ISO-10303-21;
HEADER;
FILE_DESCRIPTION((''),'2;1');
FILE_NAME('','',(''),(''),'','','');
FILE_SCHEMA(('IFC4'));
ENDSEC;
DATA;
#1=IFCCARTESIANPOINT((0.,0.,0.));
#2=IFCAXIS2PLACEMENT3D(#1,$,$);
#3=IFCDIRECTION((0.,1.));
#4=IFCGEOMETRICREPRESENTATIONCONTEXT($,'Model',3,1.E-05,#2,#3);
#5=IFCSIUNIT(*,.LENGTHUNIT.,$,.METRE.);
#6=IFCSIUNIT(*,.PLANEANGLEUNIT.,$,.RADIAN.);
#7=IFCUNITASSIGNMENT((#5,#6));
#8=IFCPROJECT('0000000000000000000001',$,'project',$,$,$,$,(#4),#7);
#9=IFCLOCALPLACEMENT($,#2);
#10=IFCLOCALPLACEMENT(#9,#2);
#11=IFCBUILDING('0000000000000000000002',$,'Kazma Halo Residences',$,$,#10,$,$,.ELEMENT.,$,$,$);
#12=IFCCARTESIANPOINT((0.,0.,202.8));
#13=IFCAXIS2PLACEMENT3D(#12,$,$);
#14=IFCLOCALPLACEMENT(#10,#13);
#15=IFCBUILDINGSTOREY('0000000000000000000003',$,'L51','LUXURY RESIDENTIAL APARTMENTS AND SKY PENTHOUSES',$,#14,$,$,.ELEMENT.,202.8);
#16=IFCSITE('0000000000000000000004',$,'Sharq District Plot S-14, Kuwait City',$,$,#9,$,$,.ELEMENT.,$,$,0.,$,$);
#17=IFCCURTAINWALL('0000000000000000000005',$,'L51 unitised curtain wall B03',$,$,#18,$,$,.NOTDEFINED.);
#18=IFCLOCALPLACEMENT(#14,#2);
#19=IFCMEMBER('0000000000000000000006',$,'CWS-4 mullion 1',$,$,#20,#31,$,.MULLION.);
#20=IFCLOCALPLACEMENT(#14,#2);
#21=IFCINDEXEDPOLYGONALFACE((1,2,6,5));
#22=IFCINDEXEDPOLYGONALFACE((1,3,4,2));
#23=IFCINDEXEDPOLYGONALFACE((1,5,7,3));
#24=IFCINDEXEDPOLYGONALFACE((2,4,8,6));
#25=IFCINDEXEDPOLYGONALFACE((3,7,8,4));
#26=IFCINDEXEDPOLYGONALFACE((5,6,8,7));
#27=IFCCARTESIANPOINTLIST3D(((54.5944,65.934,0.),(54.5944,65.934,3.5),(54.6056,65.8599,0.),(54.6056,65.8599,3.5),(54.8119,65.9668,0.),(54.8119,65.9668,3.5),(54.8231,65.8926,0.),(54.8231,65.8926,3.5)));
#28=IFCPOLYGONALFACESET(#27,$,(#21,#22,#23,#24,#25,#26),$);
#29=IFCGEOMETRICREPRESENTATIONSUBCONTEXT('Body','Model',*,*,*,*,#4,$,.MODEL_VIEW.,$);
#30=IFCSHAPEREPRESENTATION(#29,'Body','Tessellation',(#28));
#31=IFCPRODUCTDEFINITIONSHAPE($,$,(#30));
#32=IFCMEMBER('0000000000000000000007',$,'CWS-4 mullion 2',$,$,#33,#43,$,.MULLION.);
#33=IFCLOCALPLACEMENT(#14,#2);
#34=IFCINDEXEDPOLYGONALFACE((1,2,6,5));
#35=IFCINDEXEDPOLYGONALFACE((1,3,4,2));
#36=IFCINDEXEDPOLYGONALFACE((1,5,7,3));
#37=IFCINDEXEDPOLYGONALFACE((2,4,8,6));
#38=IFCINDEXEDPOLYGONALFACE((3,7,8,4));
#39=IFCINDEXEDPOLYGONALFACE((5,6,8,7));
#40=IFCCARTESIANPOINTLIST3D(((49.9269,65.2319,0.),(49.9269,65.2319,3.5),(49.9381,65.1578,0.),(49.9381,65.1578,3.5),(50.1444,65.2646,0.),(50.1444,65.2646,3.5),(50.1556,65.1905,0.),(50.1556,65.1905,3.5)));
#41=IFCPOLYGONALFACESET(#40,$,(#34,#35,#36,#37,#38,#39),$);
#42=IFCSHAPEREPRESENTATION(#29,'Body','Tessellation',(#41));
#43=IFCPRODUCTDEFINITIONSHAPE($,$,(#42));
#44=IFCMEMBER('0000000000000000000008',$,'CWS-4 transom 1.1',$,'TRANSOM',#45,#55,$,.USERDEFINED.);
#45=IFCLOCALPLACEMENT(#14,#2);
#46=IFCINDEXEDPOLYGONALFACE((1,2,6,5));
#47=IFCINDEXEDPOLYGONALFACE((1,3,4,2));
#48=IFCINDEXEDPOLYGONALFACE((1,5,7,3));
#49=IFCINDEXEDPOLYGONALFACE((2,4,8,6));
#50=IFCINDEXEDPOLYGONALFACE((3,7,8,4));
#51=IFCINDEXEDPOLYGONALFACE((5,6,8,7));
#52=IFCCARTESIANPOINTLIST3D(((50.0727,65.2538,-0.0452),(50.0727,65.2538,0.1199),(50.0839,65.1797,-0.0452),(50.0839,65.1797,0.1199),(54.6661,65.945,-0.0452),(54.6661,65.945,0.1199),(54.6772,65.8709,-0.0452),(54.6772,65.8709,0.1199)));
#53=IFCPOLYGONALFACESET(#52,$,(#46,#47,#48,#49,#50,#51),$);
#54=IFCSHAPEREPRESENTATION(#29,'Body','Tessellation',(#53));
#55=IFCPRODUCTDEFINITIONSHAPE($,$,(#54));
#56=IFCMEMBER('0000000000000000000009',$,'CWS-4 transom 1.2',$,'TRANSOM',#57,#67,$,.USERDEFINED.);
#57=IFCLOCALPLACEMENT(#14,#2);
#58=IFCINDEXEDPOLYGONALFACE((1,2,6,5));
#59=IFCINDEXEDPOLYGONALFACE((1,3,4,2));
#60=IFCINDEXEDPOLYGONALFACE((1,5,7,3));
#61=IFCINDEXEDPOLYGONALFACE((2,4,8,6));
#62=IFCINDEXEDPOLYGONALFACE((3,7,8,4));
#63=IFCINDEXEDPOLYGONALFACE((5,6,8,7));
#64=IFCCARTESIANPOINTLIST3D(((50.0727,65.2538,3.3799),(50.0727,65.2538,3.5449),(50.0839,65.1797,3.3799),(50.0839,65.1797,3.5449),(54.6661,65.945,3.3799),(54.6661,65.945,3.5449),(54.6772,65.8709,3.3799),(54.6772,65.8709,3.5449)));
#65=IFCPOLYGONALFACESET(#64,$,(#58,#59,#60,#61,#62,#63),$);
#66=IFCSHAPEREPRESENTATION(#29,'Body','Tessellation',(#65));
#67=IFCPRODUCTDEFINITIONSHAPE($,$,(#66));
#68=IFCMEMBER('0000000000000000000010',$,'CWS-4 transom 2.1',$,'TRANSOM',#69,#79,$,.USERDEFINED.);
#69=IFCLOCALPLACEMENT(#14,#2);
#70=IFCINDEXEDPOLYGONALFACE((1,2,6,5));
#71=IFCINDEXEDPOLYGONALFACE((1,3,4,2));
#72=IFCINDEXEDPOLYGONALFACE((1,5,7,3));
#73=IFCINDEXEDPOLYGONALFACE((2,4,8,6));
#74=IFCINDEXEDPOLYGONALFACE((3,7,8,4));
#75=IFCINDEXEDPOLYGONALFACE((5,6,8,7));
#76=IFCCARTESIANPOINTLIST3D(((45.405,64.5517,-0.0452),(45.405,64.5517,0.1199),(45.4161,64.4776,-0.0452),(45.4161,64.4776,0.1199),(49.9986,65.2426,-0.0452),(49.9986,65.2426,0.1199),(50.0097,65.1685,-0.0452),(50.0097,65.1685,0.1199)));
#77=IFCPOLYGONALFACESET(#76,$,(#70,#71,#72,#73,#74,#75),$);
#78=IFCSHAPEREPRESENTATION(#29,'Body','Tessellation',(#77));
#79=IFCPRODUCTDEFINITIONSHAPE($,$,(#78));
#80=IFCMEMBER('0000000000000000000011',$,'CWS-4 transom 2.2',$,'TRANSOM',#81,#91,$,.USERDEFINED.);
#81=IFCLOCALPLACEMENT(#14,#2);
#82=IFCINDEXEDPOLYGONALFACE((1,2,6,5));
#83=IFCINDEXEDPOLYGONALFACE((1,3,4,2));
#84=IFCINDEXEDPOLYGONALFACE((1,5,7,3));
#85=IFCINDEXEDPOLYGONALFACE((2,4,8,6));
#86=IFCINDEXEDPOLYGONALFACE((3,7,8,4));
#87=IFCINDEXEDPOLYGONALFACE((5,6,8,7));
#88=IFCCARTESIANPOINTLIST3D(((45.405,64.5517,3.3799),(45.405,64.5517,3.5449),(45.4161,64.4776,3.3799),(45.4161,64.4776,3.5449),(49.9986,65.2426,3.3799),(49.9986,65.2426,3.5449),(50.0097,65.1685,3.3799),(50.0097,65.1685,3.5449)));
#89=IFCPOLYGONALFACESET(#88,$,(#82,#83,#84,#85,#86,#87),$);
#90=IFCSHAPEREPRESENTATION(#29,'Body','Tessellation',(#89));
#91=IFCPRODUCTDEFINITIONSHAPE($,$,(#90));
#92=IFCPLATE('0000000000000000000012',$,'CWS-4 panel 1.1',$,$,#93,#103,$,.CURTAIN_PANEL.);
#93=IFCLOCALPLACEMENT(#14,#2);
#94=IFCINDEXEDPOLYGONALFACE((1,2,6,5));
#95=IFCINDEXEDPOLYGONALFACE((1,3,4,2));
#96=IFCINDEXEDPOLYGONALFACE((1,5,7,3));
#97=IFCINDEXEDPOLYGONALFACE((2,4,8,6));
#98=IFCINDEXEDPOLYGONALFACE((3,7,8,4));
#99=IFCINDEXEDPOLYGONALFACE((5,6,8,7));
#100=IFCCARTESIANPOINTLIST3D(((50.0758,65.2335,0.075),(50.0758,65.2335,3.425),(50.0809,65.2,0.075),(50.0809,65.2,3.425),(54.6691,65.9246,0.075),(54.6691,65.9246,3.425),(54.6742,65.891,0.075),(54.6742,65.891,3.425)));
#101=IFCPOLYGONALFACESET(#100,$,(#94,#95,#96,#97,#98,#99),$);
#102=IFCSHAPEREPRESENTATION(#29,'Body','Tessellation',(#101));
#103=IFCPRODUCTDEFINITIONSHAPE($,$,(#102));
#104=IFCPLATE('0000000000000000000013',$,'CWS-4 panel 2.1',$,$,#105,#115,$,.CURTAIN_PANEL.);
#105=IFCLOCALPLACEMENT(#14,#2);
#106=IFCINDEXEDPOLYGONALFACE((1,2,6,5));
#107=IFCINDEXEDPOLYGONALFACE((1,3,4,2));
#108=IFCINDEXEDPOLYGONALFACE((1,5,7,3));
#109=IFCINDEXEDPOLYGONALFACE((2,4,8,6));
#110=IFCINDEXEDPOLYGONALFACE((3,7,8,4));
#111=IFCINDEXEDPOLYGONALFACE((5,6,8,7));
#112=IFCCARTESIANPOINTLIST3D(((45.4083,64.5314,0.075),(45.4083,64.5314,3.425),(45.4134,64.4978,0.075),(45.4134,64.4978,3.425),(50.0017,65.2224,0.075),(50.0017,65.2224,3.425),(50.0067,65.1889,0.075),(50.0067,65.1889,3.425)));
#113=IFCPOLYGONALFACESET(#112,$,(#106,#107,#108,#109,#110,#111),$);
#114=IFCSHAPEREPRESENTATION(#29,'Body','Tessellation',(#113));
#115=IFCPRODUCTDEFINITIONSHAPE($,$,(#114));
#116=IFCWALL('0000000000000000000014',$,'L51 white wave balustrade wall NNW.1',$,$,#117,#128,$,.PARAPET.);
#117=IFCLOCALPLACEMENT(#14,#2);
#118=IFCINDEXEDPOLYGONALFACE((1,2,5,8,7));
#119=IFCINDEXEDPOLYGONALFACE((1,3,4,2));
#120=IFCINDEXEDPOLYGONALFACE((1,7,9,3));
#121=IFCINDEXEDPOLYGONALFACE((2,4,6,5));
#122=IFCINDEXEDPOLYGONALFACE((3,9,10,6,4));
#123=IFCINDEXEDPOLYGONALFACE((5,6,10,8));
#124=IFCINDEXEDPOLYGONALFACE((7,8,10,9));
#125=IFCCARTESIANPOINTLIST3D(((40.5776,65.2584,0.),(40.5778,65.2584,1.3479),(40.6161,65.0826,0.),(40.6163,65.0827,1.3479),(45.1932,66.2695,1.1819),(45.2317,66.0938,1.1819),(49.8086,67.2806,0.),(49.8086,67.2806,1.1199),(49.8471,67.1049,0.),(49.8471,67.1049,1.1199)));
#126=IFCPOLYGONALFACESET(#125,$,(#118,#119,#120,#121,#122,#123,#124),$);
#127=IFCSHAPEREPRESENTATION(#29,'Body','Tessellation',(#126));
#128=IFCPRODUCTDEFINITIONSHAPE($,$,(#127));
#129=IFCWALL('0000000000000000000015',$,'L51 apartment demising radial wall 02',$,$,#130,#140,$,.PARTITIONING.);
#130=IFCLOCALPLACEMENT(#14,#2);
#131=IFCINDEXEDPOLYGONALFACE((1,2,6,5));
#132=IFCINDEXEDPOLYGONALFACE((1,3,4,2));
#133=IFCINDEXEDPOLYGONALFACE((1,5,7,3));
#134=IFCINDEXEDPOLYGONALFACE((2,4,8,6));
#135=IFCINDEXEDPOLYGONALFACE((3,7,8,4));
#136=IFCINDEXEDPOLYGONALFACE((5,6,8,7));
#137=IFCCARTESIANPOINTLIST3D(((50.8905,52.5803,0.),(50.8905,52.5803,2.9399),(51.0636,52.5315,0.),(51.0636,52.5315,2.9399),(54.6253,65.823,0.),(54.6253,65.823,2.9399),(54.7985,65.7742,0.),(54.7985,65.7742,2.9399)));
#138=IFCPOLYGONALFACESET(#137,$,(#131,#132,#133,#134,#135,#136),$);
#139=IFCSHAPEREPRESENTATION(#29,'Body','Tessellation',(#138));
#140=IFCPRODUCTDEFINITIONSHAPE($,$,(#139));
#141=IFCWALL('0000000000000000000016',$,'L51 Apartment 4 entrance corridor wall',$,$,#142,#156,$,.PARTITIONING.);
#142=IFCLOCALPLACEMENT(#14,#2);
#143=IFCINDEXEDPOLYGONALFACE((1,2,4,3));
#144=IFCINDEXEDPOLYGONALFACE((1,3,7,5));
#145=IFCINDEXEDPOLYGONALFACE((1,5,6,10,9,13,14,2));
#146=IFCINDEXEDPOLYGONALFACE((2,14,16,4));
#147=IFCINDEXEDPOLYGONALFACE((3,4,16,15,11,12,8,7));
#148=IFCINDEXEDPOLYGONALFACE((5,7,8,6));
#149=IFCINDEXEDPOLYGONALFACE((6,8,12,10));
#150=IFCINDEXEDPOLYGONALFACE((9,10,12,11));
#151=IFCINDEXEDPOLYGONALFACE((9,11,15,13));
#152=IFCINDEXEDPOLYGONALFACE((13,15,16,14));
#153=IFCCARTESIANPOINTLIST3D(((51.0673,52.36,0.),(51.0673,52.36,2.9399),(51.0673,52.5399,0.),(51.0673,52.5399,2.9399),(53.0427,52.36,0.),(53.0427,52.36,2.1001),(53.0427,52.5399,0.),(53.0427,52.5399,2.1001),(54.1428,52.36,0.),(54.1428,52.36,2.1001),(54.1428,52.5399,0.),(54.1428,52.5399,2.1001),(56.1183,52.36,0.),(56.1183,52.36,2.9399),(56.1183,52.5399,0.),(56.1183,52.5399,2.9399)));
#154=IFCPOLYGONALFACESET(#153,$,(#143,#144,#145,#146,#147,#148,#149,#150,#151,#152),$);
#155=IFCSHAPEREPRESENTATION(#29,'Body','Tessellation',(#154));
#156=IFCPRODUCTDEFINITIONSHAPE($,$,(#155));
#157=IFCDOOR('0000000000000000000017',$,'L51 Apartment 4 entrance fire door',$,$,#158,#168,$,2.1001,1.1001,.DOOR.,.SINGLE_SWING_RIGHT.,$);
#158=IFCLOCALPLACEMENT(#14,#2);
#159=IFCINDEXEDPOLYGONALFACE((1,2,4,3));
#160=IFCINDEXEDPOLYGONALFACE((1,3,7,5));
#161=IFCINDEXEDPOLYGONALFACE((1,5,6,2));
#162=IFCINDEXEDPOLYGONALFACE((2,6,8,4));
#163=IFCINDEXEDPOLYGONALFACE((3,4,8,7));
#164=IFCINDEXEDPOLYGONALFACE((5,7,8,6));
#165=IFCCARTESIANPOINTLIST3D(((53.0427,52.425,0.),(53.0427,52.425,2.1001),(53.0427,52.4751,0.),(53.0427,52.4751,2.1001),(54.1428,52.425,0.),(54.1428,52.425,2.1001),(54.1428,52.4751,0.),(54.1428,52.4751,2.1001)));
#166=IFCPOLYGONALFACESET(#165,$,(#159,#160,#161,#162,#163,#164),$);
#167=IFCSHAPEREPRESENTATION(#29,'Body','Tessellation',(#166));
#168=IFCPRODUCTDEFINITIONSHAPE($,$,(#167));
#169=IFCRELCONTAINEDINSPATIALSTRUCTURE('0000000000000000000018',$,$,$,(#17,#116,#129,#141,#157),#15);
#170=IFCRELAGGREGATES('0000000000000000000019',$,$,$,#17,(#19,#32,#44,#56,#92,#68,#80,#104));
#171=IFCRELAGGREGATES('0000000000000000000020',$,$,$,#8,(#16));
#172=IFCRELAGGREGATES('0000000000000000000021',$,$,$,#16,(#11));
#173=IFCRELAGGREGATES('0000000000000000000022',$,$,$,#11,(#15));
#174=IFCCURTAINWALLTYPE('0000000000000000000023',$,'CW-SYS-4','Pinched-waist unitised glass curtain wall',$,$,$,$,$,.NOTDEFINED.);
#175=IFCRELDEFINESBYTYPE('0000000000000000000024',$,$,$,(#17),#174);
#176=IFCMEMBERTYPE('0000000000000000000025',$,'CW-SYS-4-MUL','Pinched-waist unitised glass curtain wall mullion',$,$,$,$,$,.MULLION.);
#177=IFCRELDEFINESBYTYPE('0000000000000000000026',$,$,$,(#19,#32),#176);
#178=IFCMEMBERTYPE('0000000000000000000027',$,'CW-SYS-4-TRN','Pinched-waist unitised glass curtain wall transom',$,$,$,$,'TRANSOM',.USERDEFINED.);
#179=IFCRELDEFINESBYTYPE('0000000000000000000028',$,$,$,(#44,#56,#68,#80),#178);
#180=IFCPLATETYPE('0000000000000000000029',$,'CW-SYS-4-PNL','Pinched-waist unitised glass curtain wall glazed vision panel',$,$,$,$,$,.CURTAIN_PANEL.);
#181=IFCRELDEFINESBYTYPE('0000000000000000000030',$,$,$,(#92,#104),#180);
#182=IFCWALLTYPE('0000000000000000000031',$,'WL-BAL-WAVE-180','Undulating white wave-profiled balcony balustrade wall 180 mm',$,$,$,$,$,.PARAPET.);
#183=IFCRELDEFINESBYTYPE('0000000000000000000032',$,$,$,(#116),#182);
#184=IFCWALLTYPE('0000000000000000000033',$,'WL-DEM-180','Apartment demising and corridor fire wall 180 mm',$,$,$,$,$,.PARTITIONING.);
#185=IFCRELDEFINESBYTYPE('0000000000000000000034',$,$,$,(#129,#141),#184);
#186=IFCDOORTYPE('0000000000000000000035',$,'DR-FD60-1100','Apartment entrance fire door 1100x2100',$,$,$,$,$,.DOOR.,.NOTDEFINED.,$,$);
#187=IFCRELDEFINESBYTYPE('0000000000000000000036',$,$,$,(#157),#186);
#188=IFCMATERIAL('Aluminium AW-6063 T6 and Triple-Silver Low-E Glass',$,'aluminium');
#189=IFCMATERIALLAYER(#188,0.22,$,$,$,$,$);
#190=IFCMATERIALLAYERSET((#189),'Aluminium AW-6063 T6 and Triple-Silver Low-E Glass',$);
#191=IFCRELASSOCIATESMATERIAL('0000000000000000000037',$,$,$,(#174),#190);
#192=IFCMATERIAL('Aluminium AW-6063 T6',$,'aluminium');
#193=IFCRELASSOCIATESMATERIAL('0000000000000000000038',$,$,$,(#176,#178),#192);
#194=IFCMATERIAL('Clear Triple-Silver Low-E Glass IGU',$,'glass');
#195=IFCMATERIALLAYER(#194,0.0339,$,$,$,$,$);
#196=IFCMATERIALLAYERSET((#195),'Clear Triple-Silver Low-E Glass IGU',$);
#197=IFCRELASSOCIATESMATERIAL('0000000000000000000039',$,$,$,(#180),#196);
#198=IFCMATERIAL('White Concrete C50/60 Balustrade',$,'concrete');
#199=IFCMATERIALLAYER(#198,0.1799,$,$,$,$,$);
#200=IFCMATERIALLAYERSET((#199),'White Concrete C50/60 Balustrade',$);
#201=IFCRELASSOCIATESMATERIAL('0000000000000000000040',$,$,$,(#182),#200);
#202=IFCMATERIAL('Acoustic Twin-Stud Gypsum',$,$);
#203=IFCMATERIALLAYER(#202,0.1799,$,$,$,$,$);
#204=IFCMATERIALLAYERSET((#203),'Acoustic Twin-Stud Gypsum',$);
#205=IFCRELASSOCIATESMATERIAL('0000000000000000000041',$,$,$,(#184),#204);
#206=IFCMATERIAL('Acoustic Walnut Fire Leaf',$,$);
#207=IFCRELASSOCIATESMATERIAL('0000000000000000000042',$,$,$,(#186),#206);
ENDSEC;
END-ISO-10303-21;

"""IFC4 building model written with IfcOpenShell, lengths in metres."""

from ifc_helpers import new_model, si_unit, direction, frame, frame_2d, origin, origin_2d, place, context, subcontext, project, spatial, polyline, rectangle, outline, extrude, material, layer, layer_set, material_profile, profile_set, type_object, element, fill, aggregate, save


model = new_model("IFC4")

# Units and contexts
model_context = context("Model", 3, precision=1e-05, world=origin(), true_north=direction((0.0, 1.0)))
body_context = subcontext(model_context, "Body", "Model", "MODEL_VIEW")
ifc_project = project(units=[si_unit("LENGTHUNIT", "METRE"), si_unit("PLANEANGLEUNIT", "RADIAN")], contexts=[model_context])

# Site, building, storey
site_placement = place(None, origin())
site = spatial("IfcSite", under=ifc_project, at=site_placement, Name="Sharq District Plot S-14, Kuwait City", CompositionType="ELEMENT", RefElevation=0.0)
building_placement = place(site_placement, origin())
building = spatial("IfcBuilding", under=site, at=building_placement, Name="Kazma Halo Residences", CompositionType="ELEMENT")
storey_placement = place(building_placement, frame((0.0, 0.0, 202.8)))
storey = spatial("IfcBuildingStorey", under=building, at=storey_placement, Name="L51", Description="LUXURY RESIDENTIAL APARTMENTS AND SKY PENTHOUSES", CompositionType="ELEMENT", Elevation=202.8)

# Curtain wall, members, plates
ifc_material_1 = material(Name="Aluminium AW-6063 T6 and Triple-Silver Low-E Glass", Category="aluminium")
ifc_layer_1 = layer(ifc_material_1, 0.22)
ifc_layer_set_1 = layer_set([ifc_layer_1], Name="Aluminium AW-6063 T6 and Triple-Silver Low-E Glass")
curtain_wall_type = type_object("IfcCurtainWallType", Name="CW-SYS-4", Description="Pinched-waist unitised glass curtain wall", PredefinedType="NOTDEFINED", material=ifc_layer_set_1)
curtain_wall_placement = place(storey_placement, origin())
curtain_wall = element("IfcCurtainWall", 1, at=curtain_wall_placement, inside=storey, type_object=curtain_wall_type, Name="L51 unitised curtain wall B03", PredefinedType="NOTDEFINED")
ifc_material_2 = material(Name="Aluminium AW-6063 T6", Category="aluminium")
ifc_material_profile_1 = material_profile(ifc_material_2, rectangle(XDim=0.075, YDim=0.22, at=origin_2d()), Name="CWM-75x220")
ifc_profile_set_1 = profile_set([ifc_material_profile_1], Name="Aluminium AW-6063 T6")
member_type_1 = type_object("IfcMemberType", Name="CW-SYS-4-MUL", Description="Pinched-waist unitised glass curtain wall mullion", PredefinedType="MULLION", material=ifc_profile_set_1)
member_1_placement = place(storey_placement, frame((54.7087, 65.9133, 0.0), z_axis=(0.0, 0.0, 1.0), x_axis=(0.148773, -0.988871, 0.0)))
member_1 = element("IfcMember", 2, at=member_1_placement, type_object=member_type_1, Name="CWS-4 mullion 1", PredefinedType="MULLION", context=body_context, shape_type="SweptSolid", body=[
    extrude(rectangle(XDim=0.075, YDim=0.22, at=origin_2d()), origin(), (0.0, 0.0, 1.0), 3.5),
])
member_2_placement = place(storey_placement, frame((50.0413, 65.2112, 0.0), z_axis=(0.0, 0.0, 1.0), x_axis=(0.148773, -0.988871, 0.0)))
member_2 = element("IfcMember", 3, at=member_2_placement, type_object=member_type_1, Name="CWS-4 mullion 2", PredefinedType="MULLION", context=body_context, shape_type="SweptSolid", body=[
    extrude(rectangle(XDim=0.075, YDim=0.22, at=origin_2d()), origin(), (0.0, 0.0, 1.0), 3.5),
])
ifc_material_profile_2 = material_profile(ifc_material_2, rectangle(XDim=0.075, YDim=0.165, at=origin_2d()), Name="CWT-75x165")
ifc_profile_set_2 = profile_set([ifc_material_profile_2], Name="Aluminium AW-6063 T6")
member_type_2 = type_object("IfcMemberType", Name="CW-SYS-4-TRN", Description="Pinched-waist unitised glass curtain wall transom", ElementType="TRANSOM", PredefinedType="USERDEFINED", material=ifc_profile_set_2)
member_3_placement = place(storey_placement, frame((54.6716, 65.908, 0.0374), z_axis=(-0.988868, -0.148798, 0.0), x_axis=(0.148798, -0.988868, 0.0)))
member_3 = element("IfcMember", 4, at=member_3_placement, type_object=member_type_2, Name="CWS-4 transom 1.1", ObjectType="TRANSOM", PredefinedType="USERDEFINED", context=body_context, shape_type="SweptSolid", body=[
    extrude(rectangle(XDim=0.075, YDim=0.165, at=origin_2d()), origin(), (0.0, 0.0, 1.0), 4.645),
])
member_4_placement = place(storey_placement, frame((54.6716, 65.908, 3.4624), z_axis=(-0.988868, -0.148798, 0.0), x_axis=(0.148798, -0.988868, 0.0)))
member_4 = element("IfcMember", 5, at=member_4_placement, type_object=member_type_2, Name="CWS-4 transom 1.2", ObjectType="TRANSOM", PredefinedType="USERDEFINED", context=body_context, shape_type="SweptSolid", body=[
    extrude(rectangle(XDim=0.075, YDim=0.165, at=origin_2d()), origin(), (0.0, 0.0, 1.0), 4.645),
])
member_5_placement = place(storey_placement, frame((50.0042, 65.2056, 0.0374), z_axis=(-0.988877, -0.148739, 0.0), x_axis=(0.148739, -0.988877, 0.0)))
member_5 = element("IfcMember", 6, at=member_5_placement, type_object=member_type_2, Name="CWS-4 transom 2.1", ObjectType="TRANSOM", PredefinedType="USERDEFINED", context=body_context, shape_type="SweptSolid", body=[
    extrude(rectangle(XDim=0.075, YDim=0.165, at=origin_2d()), origin(), (0.0, 0.0, 1.0), 4.6453),
])
member_6_placement = place(storey_placement, frame((50.0042, 65.2056, 3.4624), z_axis=(-0.988877, -0.148739, 0.0), x_axis=(0.148739, -0.988877, 0.0)))
member_6 = element("IfcMember", 7, at=member_6_placement, type_object=member_type_2, Name="CWS-4 transom 2.2", ObjectType="TRANSOM", PredefinedType="USERDEFINED", context=body_context, shape_type="SweptSolid", body=[
    extrude(rectangle(XDim=0.075, YDim=0.165, at=origin_2d()), origin(), (0.0, 0.0, 1.0), 4.6453),
])
ifc_material_3 = material(Name="Clear Triple-Silver Low-E Glass IGU", Category="glass")
ifc_layer_2 = layer(ifc_material_3, 0.0339)
ifc_layer_set_2 = layer_set([ifc_layer_2], Name="Clear Triple-Silver Low-E Glass IGU")
plate_type = type_object("IfcPlateType", Name="CW-SYS-4-PNL", Description="Pinched-waist unitised glass curtain wall glazed vision panel", PredefinedType="CURTAIN_PANEL", material=ifc_layer_set_2)
plate_1_placement = place(storey_placement, frame((52.375, 65.5623, 0.075), z_axis=(0.0, 0.0, 1.0), x_axis=(-0.988871, -0.148773, 0.0)))
plate_1 = element("IfcPlate", 8, at=plate_1_placement, type_object=plate_type, Name="CWS-4 panel 1.1", PredefinedType="CURTAIN_PANEL", context=body_context, shape_type="SweptSolid", body=[
    extrude(rectangle(XDim=4.645, YDim=0.0339, at=origin_2d()), origin(), (0.0, 0.0, 1.0), 3.3501),
])
plate_2_placement = place(storey_placement, frame((47.7075, 64.8601, 0.075), z_axis=(0.0, 0.0, 1.0), x_axis=(-0.988871, -0.148773, 0.0)))
plate_2 = element("IfcPlate", 9, at=plate_2_placement, type_object=plate_type, Name="CWS-4 panel 2.1", PredefinedType="CURTAIN_PANEL", context=body_context, shape_type="SweptSolid", body=[
    extrude(rectangle(XDim=4.645, YDim=0.0339, at=origin_2d()), origin(), (0.0, 0.0, 1.0), 3.3501),
])
aggregate(curtain_wall, [member_1, member_2, member_3, member_4, plate_1, member_5, member_6, plate_2])

# Walls
ifc_material_4 = material(Name="White Concrete C50/60 Balustrade", Category="concrete")
ifc_layer_3 = layer(ifc_material_4, 0.1799)
ifc_layer_set_3 = layer_set([ifc_layer_3], Name="White Concrete C50/60 Balustrade")
wall_type_1 = type_object("IfcWallType", Name="WL-BAL-WAVE-180", Description="Undulating white wave-profiled balcony balustrade wall 180 mm", PredefinedType="PARAPET", material=ifc_layer_set_3)
wall_1_placement = place(storey_placement, frame((49.8279, 67.1926, 0.0), z_axis=(0.0, 0.0, 1.0), x_axis=(-0.976835, -0.213994, 0.0)))
element("IfcWall", 10, at=wall_1_placement, inside=storey, type_object=wall_type_1, Name="L51 white wave balustrade wall NNW.1", PredefinedType="PARAPET", context=body_context, shape_type="SweptSolid", body=[
    extrude(outline(polyline([(0.0, 0.0), (9.45, 0.0), (9.4497, 1.3479), (4.7249, 1.1819), (0.0, 1.1199), (0.0, 0.0)])), frame((0.0, 0.0898, 0.0), z_axis=(0.0, -1.0, 0.0), x_axis=(1.0, 0.0, 0.0)), (0.0, 0.0, 1.0), 0.1799),
])
ifc_material_5 = material(Name="Acoustic Twin-Stud Gypsum")
ifc_layer_4 = layer(ifc_material_5, 0.1799)
ifc_layer_set_4 = layer_set([ifc_layer_4], Name="Acoustic Twin-Stud Gypsum")
wall_type_2 = type_object("IfcWallType", Name="WL-DEM-180", Description="Apartment demising and corridor fire wall 180 mm", PredefinedType="PARTITIONING", material=ifc_layer_set_4)
wall_2_placement = place(storey_placement, frame((50.9771, 52.5559, 0.0), z_axis=(0.0, 0.0, 1.0), x_axis=(0.271443, 0.962454, 0.0)))
element("IfcWall", 11, at=wall_2_placement, inside=storey, type_object=wall_type_2, Name="L51 apartment demising radial wall 02", PredefinedType="PARTITIONING", context=body_context, shape_type="SweptSolid", body=[
    extrude(rectangle(XDim=13.7593, YDim=0.1799, at=frame_2d((6.8796, 0.0))), origin(), (0.0, 0.0, 1.0), 2.9399),
])

# Wall, opening, door
wall_3_placement = place(storey_placement, frame((56.1182, 52.45, 0.0), z_axis=(0.0, 0.0, 1.0), x_axis=(-1.0, 0.0, 0.0)))
wall_3 = element("IfcWall", 12, at=wall_3_placement, inside=storey, type_object=wall_type_2, Name="L51 Apartment 4 entrance corridor wall", PredefinedType="PARTITIONING", context=body_context, shape_type="SweptSolid", body=[
    extrude(rectangle(XDim=5.051, YDim=0.1799, at=frame_2d((2.5254, 0.0))), origin(), (0.0, 0.0, 1.0), 2.9399),
])
opening_1_placement = place(wall_3_placement, frame((1.9753, 0.0, 0.0)))
opening_1 = element("IfcOpeningElement", 13, at=opening_1_placement, cuts=wall_3, PredefinedType="OPENING", context=body_context, shape_type="SweptSolid", body=[
    extrude(rectangle(XDim=1.1001, YDim=2.1001, at=frame_2d((0.55, 1.05))), frame((0.0, 0.0999, 0.0), z_axis=(0.0, -1.0, 0.0), x_axis=(1.0, 0.0, 0.0)), (0.0, 0.0, 1.0), 0.2),
])
ifc_material_6 = material(Name="Acoustic Walnut Fire Leaf")
door_type_1 = type_object("IfcDoorType", Name="DR-FD60-1100", Description="Apartment entrance fire door 1100x2100", OperationType="NOTDEFINED", PredefinedType="DOOR", material=ifc_material_6)
door_1_placement = place(opening_1_placement, origin())
door_1 = element("IfcDoor", 14, at=door_1_placement, inside=storey, type_object=door_type_1, Name="L51 Apartment 4 entrance fire door", OperationType="SINGLE_SWING_RIGHT", OverallHeight=2.1001, OverallWidth=1.1001, PredefinedType="DOOR", context=body_context, shape_type="SweptSolid", body=[
    extrude(rectangle(XDim=1.1001, YDim=2.1001, at=frame_2d((0.55, 1.05))), frame((0.0, 0.0249, 0.0), z_axis=(0.0, -1.0, 0.0), x_axis=(1.0, 0.0, 0.0)), (0.0, 0.0, 1.0), 0.05),
])
fill(opening_1, door_1)

save(model, "model.ifc")
